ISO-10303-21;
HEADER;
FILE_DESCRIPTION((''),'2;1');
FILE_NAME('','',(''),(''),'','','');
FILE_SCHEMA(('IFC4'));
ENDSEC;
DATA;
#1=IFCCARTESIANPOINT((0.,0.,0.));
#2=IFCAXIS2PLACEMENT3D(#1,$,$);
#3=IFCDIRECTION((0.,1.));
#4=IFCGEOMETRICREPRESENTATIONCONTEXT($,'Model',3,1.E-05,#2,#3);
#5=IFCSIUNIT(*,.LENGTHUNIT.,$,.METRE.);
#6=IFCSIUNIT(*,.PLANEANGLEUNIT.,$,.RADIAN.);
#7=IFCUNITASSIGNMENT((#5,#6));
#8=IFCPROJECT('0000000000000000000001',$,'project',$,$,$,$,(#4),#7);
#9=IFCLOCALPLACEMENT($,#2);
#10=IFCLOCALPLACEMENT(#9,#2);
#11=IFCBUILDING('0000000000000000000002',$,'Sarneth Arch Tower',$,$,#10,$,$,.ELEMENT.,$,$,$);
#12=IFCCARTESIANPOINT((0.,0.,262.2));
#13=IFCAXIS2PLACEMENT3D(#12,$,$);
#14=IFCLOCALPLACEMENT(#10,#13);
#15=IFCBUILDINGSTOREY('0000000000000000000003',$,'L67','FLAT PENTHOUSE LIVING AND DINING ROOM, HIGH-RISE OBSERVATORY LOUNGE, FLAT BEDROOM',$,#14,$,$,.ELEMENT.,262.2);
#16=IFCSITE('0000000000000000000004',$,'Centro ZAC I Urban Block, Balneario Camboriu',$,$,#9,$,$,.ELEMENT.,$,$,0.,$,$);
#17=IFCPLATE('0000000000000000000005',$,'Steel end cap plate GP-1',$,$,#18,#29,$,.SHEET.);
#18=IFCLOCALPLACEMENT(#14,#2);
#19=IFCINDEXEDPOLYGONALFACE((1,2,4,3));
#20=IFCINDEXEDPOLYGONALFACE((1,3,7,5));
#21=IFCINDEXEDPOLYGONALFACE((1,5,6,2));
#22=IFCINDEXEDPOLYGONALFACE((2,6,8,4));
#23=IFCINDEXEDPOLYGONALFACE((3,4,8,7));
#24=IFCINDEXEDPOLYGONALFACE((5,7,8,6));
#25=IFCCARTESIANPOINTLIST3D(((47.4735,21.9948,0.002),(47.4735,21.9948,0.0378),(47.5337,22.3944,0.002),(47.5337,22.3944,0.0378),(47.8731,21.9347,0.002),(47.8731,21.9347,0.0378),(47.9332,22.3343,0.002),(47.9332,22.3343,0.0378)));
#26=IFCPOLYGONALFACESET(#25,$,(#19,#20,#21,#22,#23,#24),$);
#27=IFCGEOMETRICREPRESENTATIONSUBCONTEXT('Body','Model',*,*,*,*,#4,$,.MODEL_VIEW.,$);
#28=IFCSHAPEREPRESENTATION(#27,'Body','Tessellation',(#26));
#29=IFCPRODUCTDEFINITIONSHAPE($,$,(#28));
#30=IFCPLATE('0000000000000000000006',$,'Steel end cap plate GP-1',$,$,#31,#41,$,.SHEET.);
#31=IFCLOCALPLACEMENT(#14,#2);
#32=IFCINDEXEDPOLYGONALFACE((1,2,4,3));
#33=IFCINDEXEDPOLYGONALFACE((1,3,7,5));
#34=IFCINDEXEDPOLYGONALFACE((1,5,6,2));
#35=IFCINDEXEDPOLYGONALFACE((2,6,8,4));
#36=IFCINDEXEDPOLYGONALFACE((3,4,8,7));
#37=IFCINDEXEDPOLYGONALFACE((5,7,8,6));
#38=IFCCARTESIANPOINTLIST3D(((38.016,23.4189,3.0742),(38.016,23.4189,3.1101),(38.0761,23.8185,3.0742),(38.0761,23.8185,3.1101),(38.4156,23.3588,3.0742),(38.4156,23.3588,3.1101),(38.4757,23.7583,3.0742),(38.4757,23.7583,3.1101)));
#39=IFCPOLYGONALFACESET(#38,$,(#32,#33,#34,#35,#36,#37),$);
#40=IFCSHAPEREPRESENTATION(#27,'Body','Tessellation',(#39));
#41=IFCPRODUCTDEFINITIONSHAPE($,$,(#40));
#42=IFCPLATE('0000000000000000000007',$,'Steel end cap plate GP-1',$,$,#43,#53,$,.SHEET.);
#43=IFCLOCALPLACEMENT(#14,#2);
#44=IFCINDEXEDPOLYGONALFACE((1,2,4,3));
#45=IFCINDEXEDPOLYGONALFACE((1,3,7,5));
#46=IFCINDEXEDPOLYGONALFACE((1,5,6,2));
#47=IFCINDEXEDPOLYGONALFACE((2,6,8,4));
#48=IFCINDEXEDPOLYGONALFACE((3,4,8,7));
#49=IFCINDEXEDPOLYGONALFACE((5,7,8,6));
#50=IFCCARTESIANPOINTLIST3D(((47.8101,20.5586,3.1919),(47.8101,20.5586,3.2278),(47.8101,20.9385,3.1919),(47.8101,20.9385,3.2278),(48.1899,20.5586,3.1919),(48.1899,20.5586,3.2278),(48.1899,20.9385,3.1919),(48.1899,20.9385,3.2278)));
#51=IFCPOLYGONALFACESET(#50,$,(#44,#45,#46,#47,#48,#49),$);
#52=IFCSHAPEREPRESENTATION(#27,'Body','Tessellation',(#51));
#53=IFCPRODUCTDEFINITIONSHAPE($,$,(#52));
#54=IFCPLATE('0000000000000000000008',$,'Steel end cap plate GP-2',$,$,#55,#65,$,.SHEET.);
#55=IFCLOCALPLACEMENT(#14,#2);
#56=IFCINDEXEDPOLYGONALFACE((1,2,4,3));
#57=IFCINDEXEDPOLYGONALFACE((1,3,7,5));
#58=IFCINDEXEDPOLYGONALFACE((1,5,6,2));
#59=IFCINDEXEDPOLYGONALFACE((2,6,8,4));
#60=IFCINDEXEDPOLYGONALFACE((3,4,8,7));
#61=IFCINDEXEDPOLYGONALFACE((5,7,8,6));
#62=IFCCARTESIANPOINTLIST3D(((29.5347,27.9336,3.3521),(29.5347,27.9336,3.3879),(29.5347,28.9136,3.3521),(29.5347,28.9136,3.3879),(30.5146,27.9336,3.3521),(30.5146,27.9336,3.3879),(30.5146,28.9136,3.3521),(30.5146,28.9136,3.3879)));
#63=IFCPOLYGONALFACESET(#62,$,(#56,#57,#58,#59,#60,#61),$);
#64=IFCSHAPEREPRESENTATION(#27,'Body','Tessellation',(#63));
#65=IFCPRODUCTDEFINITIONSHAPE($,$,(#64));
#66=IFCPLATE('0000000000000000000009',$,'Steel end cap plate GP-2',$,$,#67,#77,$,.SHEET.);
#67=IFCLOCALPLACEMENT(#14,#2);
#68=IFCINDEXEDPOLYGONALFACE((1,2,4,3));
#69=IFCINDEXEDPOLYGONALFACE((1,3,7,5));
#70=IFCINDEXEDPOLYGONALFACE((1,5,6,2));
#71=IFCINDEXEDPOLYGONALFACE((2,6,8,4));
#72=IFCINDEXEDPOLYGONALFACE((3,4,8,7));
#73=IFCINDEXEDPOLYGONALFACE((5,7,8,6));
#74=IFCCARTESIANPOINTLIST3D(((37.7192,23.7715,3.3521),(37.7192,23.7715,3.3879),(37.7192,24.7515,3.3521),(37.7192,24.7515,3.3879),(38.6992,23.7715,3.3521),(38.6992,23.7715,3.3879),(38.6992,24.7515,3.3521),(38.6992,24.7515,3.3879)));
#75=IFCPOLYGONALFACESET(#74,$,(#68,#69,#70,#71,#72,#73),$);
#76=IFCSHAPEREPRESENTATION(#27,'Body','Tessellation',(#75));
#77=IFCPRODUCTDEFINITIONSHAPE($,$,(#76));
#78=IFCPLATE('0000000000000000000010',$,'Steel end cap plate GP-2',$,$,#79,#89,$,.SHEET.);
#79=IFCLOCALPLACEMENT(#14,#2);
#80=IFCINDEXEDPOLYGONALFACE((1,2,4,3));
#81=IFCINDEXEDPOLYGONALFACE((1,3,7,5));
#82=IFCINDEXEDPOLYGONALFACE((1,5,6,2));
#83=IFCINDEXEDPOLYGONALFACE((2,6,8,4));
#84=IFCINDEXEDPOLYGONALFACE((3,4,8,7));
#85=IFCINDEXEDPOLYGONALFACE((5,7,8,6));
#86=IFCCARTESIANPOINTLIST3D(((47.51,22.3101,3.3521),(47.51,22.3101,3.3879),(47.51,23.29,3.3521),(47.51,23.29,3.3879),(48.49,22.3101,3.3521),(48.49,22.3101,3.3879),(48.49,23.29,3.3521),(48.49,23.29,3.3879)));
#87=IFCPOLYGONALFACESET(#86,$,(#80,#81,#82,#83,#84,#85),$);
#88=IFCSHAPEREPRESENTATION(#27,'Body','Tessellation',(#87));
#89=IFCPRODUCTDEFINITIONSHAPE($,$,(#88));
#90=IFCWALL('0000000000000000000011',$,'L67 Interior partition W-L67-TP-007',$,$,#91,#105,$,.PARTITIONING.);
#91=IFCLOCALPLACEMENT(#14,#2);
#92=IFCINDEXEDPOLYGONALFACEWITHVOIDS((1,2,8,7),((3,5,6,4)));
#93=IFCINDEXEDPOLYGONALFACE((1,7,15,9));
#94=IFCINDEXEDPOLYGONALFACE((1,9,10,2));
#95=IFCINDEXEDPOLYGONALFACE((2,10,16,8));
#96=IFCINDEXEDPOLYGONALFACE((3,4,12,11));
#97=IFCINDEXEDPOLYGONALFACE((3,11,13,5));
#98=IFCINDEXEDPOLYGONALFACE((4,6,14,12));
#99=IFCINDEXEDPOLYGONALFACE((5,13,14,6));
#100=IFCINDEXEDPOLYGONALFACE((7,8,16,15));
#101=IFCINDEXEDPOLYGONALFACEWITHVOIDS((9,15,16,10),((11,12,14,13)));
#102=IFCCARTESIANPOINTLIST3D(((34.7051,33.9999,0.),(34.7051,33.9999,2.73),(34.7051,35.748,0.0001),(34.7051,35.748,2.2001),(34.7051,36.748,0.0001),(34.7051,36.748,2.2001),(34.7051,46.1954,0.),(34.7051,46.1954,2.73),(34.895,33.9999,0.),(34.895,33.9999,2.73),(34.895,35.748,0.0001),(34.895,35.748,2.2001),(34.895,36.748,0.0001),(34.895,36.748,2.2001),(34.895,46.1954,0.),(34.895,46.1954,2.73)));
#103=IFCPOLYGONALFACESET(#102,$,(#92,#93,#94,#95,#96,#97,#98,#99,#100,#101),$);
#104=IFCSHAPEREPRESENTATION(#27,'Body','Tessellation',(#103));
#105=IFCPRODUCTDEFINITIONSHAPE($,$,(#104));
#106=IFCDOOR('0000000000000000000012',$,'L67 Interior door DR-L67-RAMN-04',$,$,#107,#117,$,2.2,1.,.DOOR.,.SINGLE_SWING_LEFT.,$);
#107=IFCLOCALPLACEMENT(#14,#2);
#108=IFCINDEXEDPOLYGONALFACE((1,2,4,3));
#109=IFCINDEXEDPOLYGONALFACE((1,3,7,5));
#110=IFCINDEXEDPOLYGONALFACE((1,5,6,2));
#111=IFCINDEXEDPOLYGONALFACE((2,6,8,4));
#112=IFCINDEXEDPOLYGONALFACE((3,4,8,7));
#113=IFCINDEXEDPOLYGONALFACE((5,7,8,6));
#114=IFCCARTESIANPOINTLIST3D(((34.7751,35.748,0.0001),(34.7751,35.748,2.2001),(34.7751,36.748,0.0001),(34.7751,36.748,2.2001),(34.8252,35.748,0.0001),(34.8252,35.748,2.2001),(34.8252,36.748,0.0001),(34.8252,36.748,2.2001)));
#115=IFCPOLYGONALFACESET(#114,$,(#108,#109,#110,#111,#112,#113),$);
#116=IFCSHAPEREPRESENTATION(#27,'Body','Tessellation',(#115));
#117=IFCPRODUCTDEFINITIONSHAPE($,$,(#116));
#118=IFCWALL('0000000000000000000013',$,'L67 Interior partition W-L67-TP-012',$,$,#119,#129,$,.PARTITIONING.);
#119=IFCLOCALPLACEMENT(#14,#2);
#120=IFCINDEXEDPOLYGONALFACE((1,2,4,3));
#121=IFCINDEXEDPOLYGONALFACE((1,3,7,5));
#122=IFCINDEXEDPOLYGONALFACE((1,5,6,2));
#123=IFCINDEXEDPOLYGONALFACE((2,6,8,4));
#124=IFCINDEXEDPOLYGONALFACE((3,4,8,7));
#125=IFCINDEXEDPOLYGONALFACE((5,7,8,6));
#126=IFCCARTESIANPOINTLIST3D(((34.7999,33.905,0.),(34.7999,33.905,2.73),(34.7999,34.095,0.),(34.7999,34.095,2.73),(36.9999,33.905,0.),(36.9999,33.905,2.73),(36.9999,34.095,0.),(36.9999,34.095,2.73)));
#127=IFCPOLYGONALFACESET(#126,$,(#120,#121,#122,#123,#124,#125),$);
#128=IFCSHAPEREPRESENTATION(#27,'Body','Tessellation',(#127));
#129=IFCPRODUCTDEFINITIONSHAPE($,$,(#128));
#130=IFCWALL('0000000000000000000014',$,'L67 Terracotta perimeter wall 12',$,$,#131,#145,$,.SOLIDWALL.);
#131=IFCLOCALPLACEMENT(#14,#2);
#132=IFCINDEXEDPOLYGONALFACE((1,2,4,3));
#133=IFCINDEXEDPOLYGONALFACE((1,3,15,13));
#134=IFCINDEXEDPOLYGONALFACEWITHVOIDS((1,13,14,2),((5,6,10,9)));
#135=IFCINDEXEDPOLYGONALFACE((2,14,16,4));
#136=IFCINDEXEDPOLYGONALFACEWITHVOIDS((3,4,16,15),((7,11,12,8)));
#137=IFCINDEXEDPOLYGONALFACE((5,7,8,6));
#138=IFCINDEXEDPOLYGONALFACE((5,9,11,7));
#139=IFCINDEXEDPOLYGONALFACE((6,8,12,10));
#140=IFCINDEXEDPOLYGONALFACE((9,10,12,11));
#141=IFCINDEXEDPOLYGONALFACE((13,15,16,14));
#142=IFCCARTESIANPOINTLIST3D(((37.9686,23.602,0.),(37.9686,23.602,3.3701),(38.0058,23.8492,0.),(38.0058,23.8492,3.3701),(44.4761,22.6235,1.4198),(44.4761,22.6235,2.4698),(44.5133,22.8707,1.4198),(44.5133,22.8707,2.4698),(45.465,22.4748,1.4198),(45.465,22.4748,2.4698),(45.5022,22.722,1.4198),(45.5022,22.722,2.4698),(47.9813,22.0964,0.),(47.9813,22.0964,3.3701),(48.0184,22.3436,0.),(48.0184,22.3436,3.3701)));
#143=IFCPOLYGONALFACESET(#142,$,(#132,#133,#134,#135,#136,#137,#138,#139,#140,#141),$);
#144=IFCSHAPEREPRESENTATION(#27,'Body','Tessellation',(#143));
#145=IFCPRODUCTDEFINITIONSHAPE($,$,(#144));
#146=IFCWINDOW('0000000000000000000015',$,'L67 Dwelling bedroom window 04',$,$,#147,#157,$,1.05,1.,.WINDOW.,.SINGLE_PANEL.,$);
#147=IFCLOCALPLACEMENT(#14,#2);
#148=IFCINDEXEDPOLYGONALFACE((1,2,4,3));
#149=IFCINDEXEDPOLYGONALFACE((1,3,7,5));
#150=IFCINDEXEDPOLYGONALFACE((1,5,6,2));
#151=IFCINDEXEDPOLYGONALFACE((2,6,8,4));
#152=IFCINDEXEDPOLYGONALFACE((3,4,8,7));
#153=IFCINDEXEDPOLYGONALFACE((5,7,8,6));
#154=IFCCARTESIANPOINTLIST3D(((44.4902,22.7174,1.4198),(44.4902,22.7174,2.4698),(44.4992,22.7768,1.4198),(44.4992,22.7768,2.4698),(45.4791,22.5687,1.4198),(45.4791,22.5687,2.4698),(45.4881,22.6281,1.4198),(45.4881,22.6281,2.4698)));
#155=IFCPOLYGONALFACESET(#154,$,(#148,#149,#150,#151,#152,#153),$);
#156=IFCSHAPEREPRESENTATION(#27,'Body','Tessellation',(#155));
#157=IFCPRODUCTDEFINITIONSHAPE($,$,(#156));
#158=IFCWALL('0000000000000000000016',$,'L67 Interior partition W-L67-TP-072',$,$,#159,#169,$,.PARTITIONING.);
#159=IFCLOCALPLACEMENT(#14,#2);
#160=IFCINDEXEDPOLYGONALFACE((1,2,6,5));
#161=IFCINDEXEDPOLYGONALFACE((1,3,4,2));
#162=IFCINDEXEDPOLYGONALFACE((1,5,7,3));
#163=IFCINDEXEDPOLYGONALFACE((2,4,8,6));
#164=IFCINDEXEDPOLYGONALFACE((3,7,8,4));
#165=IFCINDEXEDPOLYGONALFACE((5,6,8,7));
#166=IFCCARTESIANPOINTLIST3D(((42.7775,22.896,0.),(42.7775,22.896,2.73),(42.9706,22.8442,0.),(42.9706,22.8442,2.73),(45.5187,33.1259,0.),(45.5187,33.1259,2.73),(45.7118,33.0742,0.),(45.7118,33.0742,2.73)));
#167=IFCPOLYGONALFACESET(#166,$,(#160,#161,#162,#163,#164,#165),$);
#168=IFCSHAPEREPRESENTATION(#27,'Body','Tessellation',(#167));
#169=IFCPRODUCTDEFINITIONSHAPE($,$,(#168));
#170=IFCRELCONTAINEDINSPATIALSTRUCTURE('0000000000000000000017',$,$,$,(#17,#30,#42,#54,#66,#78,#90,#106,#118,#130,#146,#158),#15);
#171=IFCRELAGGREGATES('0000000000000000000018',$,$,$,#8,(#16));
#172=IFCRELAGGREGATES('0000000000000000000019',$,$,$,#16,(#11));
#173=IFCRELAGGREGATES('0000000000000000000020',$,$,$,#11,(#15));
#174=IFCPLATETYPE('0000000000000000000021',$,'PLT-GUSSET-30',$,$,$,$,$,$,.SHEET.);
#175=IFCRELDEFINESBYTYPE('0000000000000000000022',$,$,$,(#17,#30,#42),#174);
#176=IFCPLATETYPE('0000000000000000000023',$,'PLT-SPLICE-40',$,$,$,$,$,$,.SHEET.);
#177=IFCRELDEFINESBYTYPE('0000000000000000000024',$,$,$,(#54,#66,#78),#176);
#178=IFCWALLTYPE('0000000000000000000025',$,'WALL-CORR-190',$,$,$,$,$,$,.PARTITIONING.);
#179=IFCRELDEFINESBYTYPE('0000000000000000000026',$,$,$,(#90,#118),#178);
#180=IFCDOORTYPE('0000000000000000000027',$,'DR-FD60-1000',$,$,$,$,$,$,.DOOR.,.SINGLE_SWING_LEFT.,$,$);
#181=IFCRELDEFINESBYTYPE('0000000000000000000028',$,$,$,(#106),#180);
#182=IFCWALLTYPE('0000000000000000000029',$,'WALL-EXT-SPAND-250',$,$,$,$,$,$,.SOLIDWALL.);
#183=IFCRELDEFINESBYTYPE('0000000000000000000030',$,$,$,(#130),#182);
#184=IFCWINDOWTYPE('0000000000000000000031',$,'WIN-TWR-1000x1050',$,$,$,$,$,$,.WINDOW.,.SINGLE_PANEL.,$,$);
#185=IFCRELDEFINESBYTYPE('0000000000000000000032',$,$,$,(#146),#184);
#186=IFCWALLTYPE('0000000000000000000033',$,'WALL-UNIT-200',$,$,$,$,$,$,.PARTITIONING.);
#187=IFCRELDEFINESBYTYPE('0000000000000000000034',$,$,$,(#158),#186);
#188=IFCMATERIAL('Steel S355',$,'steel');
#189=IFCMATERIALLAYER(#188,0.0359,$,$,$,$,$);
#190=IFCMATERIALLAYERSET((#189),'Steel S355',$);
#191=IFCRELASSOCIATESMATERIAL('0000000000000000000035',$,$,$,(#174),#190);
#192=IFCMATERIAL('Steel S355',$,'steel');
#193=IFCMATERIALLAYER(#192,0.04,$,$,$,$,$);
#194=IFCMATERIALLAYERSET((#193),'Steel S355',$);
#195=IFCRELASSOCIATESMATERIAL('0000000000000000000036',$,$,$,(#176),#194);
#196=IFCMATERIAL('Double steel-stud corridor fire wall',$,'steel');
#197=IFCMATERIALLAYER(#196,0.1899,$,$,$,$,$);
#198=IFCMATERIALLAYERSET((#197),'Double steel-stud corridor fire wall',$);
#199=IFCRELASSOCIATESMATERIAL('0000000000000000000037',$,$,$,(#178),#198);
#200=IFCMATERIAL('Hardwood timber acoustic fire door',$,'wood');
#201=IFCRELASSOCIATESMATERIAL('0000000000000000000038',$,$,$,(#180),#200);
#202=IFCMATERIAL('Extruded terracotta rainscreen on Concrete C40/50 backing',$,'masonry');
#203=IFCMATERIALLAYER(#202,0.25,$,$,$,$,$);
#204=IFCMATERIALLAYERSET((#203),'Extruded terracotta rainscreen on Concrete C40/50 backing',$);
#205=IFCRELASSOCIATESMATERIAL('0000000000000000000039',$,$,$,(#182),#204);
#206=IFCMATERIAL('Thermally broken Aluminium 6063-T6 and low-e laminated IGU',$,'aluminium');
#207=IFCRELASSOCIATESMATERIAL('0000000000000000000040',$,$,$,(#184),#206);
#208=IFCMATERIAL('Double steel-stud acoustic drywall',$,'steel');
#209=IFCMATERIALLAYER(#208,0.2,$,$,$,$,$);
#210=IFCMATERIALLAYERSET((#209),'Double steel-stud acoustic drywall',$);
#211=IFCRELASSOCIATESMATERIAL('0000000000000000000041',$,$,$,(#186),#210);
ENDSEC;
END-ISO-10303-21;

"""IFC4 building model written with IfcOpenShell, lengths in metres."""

from ifc_helpers import new_model, si_unit, direction, frame, frame_2d, origin, origin_2d, place, context, subcontext, project, spatial, rectangle, extrude, material, layer, layer_set, type_object, element, fill, save


model = new_model("IFC4")

# Units and contexts
model_context = context("Model", 3, precision=1e-05, world=origin(), true_north=direction((0.0, 1.0)))
body_context = subcontext(model_context, "Body", "Model", "MODEL_VIEW")
ifc_project = project(units=[si_unit("LENGTHUNIT", "METRE"), si_unit("PLANEANGLEUNIT", "RADIAN")], contexts=[model_context])

# Site, building, storey
site_placement = place(None, origin())
site = spatial("IfcSite", under=ifc_project, at=site_placement, Name="Centro ZAC I Urban Block, Balneario Camboriu", CompositionType="ELEMENT", RefElevation=0.0)
building_placement = place(site_placement, origin())
building = spatial("IfcBuilding", under=site, at=building_placement, Name="Sarneth Arch Tower", CompositionType="ELEMENT")
storey_placement = place(building_placement, frame((0.0, 0.0, 262.2)))
storey = spatial("IfcBuildingStorey", under=building, at=storey_placement, Name="L67", Description="FLAT PENTHOUSE LIVING AND DINING ROOM, HIGH-RISE OBSERVATORY LOUNGE, FLAT BEDROOM", CompositionType="ELEMENT", Elevation=262.2)

# Plates
ifc_material_1 = material(Name="Steel S355", Category="steel")
ifc_layer_1 = layer(ifc_material_1, 0.0359)
ifc_layer_set_1 = layer_set([ifc_layer_1], Name="Steel S355")
plate_type_1 = type_object("IfcPlateType", Name="PLT-GUSSET-30", PredefinedType="SHEET", material=ifc_layer_set_1)
for number, where, z_axis, x_axis, name in (
    (1, (47.7034, 22.1646, 0.002), (0.0, 0.0, 1.0), (0.988861, -0.148845, 0.0), "Steel end cap plate GP-1"),
    (2, (38.2458, 23.5886, 3.0742), (0.0, 0.0, 1.0), (0.988861, -0.148845, 0.0), "Steel end cap plate GP-1"),
):
    element("IfcPlate", number, at=place(storey_placement, frame(where, z_axis=z_axis, x_axis=x_axis)), inside=storey, type_object=plate_type_1, Name=name, PredefinedType="SHEET", context=body_context, shape_type="SweptSolid", body=[
        extrude(rectangle(XDim=0.4041, YDim=0.4041, at=origin_2d()), origin(), (0.0, 0.0, 1.0), 0.0359),
    ])
plate_placement = place(storey_placement, frame((48.0, 20.7485, 3.1919), z_axis=(0.0, 0.0, 1.0), x_axis=(0.0, -1.0, 0.0)))
element("IfcPlate", 3, at=plate_placement, inside=storey, type_object=plate_type_1, Name="Steel end cap plate GP-1", PredefinedType="SHEET", context=body_context, shape_type="SweptSolid", body=[
    extrude(rectangle(XDim=0.3799, YDim=0.3799, at=origin_2d()), origin(), (0.0, 0.0, 1.0), 0.0359),
])
ifc_material_2 = material(Name="Steel S355", Category="steel")
ifc_layer_2 = layer(ifc_material_2, 0.04)
ifc_layer_set_2 = layer_set([ifc_layer_2], Name="Steel S355")
plate_type_2 = type_object("IfcPlateType", Name="PLT-SPLICE-40", PredefinedType="SHEET", material=ifc_layer_set_2)
for number, where, z_axis, x_axis, name in (
    (4, (30.0247, 28.4236, 3.3521), (0.0, 0.0, 1.0), (1.0, 0.0, 0.0), "Steel end cap plate GP-2"),
    (5, (38.2092, 24.2615, 3.3521), (0.0, 0.0, 1.0), (1.0, 0.0, 0.0), "Steel end cap plate GP-2"),
    (6, (48.0, 22.8, 3.3521), (0.0, 0.0, 1.0), (1.0, 0.0, 0.0), "Steel end cap plate GP-2"),
):
    element("IfcPlate", number, at=place(storey_placement, frame(where, z_axis=z_axis, x_axis=x_axis)), inside=storey, type_object=plate_type_2, Name=name, PredefinedType="SHEET", context=body_context, shape_type="SweptSolid", body=[
        extrude(rectangle(XDim=0.98, YDim=0.98, at=origin_2d()), origin(), (0.0, 0.0, 1.0), 0.0359),
    ])

# Wall, opening, door
ifc_material_3 = material(Name="Double steel-stud corridor fire wall", Category="steel")
ifc_layer_3 = layer(ifc_material_3, 0.1899)
ifc_layer_set_3 = layer_set([ifc_layer_3], Name="Double steel-stud corridor fire wall")
wall_type_1 = type_object("IfcWallType", Name="WALL-CORR-190", PredefinedType="PARTITIONING", material=ifc_layer_set_3)
wall_1_placement = place(storey_placement, frame((34.8, 34.0, 0.0), z_axis=(0.0, 0.0, 1.0), x_axis=(0.0, 1.0, 0.0)))
wall_1 = element("IfcWall", 7, at=wall_1_placement, inside=storey, type_object=wall_type_1, Name="L67 Interior partition W-L67-TP-007", PredefinedType="PARTITIONING", context=body_context, shape_type="SweptSolid", body=[
    extrude(rectangle(XDim=12.1956, YDim=0.1899, at=frame_2d((6.0977, 0.0))), origin(), (0.0, 0.0, 1.0), 2.73),
])
opening_1_placement = place(wall_1_placement, frame((1.748, 0.0, 0.0)))
opening_1 = element("IfcOpeningElement", 8, at=opening_1_placement, cuts=wall_1, PredefinedType="OPENING", context=body_context, shape_type="SweptSolid", body=[
    extrude(rectangle(XDim=1.0, YDim=2.2, at=frame_2d((0.5, 1.1001))), frame((0.0, 0.105, 0.0), z_axis=(0.0, -1.0, 0.0), x_axis=(1.0, 0.0, 0.0)), (0.0, 0.0, 1.0), 0.21),
])
ifc_material_4 = material(Name="Hardwood timber acoustic fire door", Category="wood")
door_type = type_object("IfcDoorType", Name="DR-FD60-1000", OperationType="SINGLE_SWING_LEFT", PredefinedType="DOOR", material=ifc_material_4)
door_placement = place(opening_1_placement, origin())
door = element("IfcDoor", 9, at=door_placement, inside=storey, type_object=door_type, Name="L67 Interior door DR-L67-RAMN-04", OperationType="SINGLE_SWING_LEFT", OverallHeight=2.2, OverallWidth=1.0, PredefinedType="DOOR", context=body_context, shape_type="SweptSolid", body=[
    extrude(rectangle(XDim=1.0, YDim=2.2, at=frame_2d((0.5, 1.1001))), frame((0.0, 0.0249, 0.0), z_axis=(0.0, -1.0, 0.0), x_axis=(1.0, 0.0, 0.0)), (0.0, 0.0, 1.0), 0.05),
])
fill(opening_1, door)

# Wall
wall_2_placement = place(storey_placement, frame((37.0, 34.0, 0.0), z_axis=(0.0, 0.0, 1.0), x_axis=(-1.0, 0.0, 0.0)))
element("IfcWall", 10, at=wall_2_placement, inside=storey, type_object=wall_type_1, Name="L67 Interior partition W-L67-TP-012", PredefinedType="PARTITIONING", context=body_context, shape_type="SweptSolid", body=[
    extrude(rectangle(XDim=2.2, YDim=0.1899, at=frame_2d((1.1001, 0.0))), origin(), (0.0, 0.0, 1.0), 2.73),
])

# Wall, opening, window
ifc_material_5 = material(Name="Extruded terracotta rainscreen on Concrete C40/50 backing", Category="masonry")
ifc_layer_4 = layer(ifc_material_5, 0.25)
ifc_layer_set_4 = layer_set([ifc_layer_4], Name="Extruded terracotta rainscreen on Concrete C40/50 backing")
wall_type_2 = type_object("IfcWallType", Name="WALL-EXT-SPAND-250", PredefinedType="SOLIDWALL", material=ifc_layer_set_4)
wall_3_placement = place(storey_placement, frame((37.9873, 23.7256, 0.0), z_axis=(0.0, 0.0, 1.0), x_axis=(0.988883, -0.148699, 0.0)))
wall_3 = element("IfcWall", 11, at=wall_3_placement, inside=storey, type_object=wall_type_2, Name="L67 Terracotta perimeter wall 12", PredefinedType="SOLIDWALL", context=body_context, shape_type="SweptSolid", body=[
    extrude(rectangle(XDim=10.1252, YDim=0.25, at=frame_2d((5.0625, 0.0))), origin(), (0.0, 0.0, 1.0), 3.3701),
])
opening_2_placement = place(wall_3_placement, frame((6.5806, 0.0, 1.4199)))
opening_2 = element("IfcOpeningElement", 12, at=opening_2_placement, cuts=wall_3, PredefinedType="OPENING", context=body_context, shape_type="SweptSolid", body=[
    extrude(rectangle(XDim=1.0, YDim=1.05, at=frame_2d((0.5, 0.5249))), frame((0.0, 0.135, 0.0), z_axis=(0.0, -1.0, 0.0), x_axis=(1.0, 0.0, 0.0)), (0.0, 0.0, 1.0), 0.27),
])
ifc_material_6 = material(Name="Thermally broken Aluminium 6063-T6 and low-e laminated IGU", Category="aluminium")
window_type = type_object("IfcWindowType", Name="WIN-TWR-1000x1050", PartitioningType="SINGLE_PANEL", PredefinedType="WINDOW", material=ifc_material_6)
window_placement = place(opening_2_placement, origin())
window = element("IfcWindow", 13, at=window_placement, inside=storey, type_object=window_type, Name="L67 Dwelling bedroom window 04", OverallHeight=1.05, OverallWidth=1.0, PartitioningType="SINGLE_PANEL", PredefinedType="WINDOW", context=body_context, shape_type="SweptSolid", body=[
    extrude(rectangle(XDim=1.0, YDim=1.05, at=frame_2d((0.5, 0.5249))), frame((0.0, 0.03, 0.0), z_axis=(0.0, -1.0, 0.0), x_axis=(1.0, 0.0, 0.0)), (0.0, 0.0, 1.0), 0.0601),
])
fill(opening_2, window)

# Wall
ifc_material_7 = material(Name="Double steel-stud acoustic drywall", Category="steel")
ifc_layer_5 = layer(ifc_material_7, 0.2)
ifc_layer_set_5 = layer_set([ifc_layer_5], Name="Double steel-stud acoustic drywall")
wall_type_3 = type_object("IfcWallType", Name="WALL-UNIT-200", PredefinedType="PARTITIONING", material=ifc_layer_set_5)
wall_4_placement = place(storey_placement, frame((42.874, 22.8701, 0.0), z_axis=(0.0, 0.0, 1.0), x_axis=(0.258827, 0.965924, 0.0)))
element("IfcWall", 14, at=wall_4_placement, inside=storey, type_object=wall_type_3, Name="L67 Interior partition W-L67-TP-072", PredefinedType="PARTITIONING", context=body_context, shape_type="SweptSolid", body=[
    extrude(rectangle(XDim=10.5908, YDim=0.2, at=frame_2d((5.2954, 0.0))), origin(), (0.0, 0.0, 1.0), 2.73),
])

save(model, "model.ifc")
